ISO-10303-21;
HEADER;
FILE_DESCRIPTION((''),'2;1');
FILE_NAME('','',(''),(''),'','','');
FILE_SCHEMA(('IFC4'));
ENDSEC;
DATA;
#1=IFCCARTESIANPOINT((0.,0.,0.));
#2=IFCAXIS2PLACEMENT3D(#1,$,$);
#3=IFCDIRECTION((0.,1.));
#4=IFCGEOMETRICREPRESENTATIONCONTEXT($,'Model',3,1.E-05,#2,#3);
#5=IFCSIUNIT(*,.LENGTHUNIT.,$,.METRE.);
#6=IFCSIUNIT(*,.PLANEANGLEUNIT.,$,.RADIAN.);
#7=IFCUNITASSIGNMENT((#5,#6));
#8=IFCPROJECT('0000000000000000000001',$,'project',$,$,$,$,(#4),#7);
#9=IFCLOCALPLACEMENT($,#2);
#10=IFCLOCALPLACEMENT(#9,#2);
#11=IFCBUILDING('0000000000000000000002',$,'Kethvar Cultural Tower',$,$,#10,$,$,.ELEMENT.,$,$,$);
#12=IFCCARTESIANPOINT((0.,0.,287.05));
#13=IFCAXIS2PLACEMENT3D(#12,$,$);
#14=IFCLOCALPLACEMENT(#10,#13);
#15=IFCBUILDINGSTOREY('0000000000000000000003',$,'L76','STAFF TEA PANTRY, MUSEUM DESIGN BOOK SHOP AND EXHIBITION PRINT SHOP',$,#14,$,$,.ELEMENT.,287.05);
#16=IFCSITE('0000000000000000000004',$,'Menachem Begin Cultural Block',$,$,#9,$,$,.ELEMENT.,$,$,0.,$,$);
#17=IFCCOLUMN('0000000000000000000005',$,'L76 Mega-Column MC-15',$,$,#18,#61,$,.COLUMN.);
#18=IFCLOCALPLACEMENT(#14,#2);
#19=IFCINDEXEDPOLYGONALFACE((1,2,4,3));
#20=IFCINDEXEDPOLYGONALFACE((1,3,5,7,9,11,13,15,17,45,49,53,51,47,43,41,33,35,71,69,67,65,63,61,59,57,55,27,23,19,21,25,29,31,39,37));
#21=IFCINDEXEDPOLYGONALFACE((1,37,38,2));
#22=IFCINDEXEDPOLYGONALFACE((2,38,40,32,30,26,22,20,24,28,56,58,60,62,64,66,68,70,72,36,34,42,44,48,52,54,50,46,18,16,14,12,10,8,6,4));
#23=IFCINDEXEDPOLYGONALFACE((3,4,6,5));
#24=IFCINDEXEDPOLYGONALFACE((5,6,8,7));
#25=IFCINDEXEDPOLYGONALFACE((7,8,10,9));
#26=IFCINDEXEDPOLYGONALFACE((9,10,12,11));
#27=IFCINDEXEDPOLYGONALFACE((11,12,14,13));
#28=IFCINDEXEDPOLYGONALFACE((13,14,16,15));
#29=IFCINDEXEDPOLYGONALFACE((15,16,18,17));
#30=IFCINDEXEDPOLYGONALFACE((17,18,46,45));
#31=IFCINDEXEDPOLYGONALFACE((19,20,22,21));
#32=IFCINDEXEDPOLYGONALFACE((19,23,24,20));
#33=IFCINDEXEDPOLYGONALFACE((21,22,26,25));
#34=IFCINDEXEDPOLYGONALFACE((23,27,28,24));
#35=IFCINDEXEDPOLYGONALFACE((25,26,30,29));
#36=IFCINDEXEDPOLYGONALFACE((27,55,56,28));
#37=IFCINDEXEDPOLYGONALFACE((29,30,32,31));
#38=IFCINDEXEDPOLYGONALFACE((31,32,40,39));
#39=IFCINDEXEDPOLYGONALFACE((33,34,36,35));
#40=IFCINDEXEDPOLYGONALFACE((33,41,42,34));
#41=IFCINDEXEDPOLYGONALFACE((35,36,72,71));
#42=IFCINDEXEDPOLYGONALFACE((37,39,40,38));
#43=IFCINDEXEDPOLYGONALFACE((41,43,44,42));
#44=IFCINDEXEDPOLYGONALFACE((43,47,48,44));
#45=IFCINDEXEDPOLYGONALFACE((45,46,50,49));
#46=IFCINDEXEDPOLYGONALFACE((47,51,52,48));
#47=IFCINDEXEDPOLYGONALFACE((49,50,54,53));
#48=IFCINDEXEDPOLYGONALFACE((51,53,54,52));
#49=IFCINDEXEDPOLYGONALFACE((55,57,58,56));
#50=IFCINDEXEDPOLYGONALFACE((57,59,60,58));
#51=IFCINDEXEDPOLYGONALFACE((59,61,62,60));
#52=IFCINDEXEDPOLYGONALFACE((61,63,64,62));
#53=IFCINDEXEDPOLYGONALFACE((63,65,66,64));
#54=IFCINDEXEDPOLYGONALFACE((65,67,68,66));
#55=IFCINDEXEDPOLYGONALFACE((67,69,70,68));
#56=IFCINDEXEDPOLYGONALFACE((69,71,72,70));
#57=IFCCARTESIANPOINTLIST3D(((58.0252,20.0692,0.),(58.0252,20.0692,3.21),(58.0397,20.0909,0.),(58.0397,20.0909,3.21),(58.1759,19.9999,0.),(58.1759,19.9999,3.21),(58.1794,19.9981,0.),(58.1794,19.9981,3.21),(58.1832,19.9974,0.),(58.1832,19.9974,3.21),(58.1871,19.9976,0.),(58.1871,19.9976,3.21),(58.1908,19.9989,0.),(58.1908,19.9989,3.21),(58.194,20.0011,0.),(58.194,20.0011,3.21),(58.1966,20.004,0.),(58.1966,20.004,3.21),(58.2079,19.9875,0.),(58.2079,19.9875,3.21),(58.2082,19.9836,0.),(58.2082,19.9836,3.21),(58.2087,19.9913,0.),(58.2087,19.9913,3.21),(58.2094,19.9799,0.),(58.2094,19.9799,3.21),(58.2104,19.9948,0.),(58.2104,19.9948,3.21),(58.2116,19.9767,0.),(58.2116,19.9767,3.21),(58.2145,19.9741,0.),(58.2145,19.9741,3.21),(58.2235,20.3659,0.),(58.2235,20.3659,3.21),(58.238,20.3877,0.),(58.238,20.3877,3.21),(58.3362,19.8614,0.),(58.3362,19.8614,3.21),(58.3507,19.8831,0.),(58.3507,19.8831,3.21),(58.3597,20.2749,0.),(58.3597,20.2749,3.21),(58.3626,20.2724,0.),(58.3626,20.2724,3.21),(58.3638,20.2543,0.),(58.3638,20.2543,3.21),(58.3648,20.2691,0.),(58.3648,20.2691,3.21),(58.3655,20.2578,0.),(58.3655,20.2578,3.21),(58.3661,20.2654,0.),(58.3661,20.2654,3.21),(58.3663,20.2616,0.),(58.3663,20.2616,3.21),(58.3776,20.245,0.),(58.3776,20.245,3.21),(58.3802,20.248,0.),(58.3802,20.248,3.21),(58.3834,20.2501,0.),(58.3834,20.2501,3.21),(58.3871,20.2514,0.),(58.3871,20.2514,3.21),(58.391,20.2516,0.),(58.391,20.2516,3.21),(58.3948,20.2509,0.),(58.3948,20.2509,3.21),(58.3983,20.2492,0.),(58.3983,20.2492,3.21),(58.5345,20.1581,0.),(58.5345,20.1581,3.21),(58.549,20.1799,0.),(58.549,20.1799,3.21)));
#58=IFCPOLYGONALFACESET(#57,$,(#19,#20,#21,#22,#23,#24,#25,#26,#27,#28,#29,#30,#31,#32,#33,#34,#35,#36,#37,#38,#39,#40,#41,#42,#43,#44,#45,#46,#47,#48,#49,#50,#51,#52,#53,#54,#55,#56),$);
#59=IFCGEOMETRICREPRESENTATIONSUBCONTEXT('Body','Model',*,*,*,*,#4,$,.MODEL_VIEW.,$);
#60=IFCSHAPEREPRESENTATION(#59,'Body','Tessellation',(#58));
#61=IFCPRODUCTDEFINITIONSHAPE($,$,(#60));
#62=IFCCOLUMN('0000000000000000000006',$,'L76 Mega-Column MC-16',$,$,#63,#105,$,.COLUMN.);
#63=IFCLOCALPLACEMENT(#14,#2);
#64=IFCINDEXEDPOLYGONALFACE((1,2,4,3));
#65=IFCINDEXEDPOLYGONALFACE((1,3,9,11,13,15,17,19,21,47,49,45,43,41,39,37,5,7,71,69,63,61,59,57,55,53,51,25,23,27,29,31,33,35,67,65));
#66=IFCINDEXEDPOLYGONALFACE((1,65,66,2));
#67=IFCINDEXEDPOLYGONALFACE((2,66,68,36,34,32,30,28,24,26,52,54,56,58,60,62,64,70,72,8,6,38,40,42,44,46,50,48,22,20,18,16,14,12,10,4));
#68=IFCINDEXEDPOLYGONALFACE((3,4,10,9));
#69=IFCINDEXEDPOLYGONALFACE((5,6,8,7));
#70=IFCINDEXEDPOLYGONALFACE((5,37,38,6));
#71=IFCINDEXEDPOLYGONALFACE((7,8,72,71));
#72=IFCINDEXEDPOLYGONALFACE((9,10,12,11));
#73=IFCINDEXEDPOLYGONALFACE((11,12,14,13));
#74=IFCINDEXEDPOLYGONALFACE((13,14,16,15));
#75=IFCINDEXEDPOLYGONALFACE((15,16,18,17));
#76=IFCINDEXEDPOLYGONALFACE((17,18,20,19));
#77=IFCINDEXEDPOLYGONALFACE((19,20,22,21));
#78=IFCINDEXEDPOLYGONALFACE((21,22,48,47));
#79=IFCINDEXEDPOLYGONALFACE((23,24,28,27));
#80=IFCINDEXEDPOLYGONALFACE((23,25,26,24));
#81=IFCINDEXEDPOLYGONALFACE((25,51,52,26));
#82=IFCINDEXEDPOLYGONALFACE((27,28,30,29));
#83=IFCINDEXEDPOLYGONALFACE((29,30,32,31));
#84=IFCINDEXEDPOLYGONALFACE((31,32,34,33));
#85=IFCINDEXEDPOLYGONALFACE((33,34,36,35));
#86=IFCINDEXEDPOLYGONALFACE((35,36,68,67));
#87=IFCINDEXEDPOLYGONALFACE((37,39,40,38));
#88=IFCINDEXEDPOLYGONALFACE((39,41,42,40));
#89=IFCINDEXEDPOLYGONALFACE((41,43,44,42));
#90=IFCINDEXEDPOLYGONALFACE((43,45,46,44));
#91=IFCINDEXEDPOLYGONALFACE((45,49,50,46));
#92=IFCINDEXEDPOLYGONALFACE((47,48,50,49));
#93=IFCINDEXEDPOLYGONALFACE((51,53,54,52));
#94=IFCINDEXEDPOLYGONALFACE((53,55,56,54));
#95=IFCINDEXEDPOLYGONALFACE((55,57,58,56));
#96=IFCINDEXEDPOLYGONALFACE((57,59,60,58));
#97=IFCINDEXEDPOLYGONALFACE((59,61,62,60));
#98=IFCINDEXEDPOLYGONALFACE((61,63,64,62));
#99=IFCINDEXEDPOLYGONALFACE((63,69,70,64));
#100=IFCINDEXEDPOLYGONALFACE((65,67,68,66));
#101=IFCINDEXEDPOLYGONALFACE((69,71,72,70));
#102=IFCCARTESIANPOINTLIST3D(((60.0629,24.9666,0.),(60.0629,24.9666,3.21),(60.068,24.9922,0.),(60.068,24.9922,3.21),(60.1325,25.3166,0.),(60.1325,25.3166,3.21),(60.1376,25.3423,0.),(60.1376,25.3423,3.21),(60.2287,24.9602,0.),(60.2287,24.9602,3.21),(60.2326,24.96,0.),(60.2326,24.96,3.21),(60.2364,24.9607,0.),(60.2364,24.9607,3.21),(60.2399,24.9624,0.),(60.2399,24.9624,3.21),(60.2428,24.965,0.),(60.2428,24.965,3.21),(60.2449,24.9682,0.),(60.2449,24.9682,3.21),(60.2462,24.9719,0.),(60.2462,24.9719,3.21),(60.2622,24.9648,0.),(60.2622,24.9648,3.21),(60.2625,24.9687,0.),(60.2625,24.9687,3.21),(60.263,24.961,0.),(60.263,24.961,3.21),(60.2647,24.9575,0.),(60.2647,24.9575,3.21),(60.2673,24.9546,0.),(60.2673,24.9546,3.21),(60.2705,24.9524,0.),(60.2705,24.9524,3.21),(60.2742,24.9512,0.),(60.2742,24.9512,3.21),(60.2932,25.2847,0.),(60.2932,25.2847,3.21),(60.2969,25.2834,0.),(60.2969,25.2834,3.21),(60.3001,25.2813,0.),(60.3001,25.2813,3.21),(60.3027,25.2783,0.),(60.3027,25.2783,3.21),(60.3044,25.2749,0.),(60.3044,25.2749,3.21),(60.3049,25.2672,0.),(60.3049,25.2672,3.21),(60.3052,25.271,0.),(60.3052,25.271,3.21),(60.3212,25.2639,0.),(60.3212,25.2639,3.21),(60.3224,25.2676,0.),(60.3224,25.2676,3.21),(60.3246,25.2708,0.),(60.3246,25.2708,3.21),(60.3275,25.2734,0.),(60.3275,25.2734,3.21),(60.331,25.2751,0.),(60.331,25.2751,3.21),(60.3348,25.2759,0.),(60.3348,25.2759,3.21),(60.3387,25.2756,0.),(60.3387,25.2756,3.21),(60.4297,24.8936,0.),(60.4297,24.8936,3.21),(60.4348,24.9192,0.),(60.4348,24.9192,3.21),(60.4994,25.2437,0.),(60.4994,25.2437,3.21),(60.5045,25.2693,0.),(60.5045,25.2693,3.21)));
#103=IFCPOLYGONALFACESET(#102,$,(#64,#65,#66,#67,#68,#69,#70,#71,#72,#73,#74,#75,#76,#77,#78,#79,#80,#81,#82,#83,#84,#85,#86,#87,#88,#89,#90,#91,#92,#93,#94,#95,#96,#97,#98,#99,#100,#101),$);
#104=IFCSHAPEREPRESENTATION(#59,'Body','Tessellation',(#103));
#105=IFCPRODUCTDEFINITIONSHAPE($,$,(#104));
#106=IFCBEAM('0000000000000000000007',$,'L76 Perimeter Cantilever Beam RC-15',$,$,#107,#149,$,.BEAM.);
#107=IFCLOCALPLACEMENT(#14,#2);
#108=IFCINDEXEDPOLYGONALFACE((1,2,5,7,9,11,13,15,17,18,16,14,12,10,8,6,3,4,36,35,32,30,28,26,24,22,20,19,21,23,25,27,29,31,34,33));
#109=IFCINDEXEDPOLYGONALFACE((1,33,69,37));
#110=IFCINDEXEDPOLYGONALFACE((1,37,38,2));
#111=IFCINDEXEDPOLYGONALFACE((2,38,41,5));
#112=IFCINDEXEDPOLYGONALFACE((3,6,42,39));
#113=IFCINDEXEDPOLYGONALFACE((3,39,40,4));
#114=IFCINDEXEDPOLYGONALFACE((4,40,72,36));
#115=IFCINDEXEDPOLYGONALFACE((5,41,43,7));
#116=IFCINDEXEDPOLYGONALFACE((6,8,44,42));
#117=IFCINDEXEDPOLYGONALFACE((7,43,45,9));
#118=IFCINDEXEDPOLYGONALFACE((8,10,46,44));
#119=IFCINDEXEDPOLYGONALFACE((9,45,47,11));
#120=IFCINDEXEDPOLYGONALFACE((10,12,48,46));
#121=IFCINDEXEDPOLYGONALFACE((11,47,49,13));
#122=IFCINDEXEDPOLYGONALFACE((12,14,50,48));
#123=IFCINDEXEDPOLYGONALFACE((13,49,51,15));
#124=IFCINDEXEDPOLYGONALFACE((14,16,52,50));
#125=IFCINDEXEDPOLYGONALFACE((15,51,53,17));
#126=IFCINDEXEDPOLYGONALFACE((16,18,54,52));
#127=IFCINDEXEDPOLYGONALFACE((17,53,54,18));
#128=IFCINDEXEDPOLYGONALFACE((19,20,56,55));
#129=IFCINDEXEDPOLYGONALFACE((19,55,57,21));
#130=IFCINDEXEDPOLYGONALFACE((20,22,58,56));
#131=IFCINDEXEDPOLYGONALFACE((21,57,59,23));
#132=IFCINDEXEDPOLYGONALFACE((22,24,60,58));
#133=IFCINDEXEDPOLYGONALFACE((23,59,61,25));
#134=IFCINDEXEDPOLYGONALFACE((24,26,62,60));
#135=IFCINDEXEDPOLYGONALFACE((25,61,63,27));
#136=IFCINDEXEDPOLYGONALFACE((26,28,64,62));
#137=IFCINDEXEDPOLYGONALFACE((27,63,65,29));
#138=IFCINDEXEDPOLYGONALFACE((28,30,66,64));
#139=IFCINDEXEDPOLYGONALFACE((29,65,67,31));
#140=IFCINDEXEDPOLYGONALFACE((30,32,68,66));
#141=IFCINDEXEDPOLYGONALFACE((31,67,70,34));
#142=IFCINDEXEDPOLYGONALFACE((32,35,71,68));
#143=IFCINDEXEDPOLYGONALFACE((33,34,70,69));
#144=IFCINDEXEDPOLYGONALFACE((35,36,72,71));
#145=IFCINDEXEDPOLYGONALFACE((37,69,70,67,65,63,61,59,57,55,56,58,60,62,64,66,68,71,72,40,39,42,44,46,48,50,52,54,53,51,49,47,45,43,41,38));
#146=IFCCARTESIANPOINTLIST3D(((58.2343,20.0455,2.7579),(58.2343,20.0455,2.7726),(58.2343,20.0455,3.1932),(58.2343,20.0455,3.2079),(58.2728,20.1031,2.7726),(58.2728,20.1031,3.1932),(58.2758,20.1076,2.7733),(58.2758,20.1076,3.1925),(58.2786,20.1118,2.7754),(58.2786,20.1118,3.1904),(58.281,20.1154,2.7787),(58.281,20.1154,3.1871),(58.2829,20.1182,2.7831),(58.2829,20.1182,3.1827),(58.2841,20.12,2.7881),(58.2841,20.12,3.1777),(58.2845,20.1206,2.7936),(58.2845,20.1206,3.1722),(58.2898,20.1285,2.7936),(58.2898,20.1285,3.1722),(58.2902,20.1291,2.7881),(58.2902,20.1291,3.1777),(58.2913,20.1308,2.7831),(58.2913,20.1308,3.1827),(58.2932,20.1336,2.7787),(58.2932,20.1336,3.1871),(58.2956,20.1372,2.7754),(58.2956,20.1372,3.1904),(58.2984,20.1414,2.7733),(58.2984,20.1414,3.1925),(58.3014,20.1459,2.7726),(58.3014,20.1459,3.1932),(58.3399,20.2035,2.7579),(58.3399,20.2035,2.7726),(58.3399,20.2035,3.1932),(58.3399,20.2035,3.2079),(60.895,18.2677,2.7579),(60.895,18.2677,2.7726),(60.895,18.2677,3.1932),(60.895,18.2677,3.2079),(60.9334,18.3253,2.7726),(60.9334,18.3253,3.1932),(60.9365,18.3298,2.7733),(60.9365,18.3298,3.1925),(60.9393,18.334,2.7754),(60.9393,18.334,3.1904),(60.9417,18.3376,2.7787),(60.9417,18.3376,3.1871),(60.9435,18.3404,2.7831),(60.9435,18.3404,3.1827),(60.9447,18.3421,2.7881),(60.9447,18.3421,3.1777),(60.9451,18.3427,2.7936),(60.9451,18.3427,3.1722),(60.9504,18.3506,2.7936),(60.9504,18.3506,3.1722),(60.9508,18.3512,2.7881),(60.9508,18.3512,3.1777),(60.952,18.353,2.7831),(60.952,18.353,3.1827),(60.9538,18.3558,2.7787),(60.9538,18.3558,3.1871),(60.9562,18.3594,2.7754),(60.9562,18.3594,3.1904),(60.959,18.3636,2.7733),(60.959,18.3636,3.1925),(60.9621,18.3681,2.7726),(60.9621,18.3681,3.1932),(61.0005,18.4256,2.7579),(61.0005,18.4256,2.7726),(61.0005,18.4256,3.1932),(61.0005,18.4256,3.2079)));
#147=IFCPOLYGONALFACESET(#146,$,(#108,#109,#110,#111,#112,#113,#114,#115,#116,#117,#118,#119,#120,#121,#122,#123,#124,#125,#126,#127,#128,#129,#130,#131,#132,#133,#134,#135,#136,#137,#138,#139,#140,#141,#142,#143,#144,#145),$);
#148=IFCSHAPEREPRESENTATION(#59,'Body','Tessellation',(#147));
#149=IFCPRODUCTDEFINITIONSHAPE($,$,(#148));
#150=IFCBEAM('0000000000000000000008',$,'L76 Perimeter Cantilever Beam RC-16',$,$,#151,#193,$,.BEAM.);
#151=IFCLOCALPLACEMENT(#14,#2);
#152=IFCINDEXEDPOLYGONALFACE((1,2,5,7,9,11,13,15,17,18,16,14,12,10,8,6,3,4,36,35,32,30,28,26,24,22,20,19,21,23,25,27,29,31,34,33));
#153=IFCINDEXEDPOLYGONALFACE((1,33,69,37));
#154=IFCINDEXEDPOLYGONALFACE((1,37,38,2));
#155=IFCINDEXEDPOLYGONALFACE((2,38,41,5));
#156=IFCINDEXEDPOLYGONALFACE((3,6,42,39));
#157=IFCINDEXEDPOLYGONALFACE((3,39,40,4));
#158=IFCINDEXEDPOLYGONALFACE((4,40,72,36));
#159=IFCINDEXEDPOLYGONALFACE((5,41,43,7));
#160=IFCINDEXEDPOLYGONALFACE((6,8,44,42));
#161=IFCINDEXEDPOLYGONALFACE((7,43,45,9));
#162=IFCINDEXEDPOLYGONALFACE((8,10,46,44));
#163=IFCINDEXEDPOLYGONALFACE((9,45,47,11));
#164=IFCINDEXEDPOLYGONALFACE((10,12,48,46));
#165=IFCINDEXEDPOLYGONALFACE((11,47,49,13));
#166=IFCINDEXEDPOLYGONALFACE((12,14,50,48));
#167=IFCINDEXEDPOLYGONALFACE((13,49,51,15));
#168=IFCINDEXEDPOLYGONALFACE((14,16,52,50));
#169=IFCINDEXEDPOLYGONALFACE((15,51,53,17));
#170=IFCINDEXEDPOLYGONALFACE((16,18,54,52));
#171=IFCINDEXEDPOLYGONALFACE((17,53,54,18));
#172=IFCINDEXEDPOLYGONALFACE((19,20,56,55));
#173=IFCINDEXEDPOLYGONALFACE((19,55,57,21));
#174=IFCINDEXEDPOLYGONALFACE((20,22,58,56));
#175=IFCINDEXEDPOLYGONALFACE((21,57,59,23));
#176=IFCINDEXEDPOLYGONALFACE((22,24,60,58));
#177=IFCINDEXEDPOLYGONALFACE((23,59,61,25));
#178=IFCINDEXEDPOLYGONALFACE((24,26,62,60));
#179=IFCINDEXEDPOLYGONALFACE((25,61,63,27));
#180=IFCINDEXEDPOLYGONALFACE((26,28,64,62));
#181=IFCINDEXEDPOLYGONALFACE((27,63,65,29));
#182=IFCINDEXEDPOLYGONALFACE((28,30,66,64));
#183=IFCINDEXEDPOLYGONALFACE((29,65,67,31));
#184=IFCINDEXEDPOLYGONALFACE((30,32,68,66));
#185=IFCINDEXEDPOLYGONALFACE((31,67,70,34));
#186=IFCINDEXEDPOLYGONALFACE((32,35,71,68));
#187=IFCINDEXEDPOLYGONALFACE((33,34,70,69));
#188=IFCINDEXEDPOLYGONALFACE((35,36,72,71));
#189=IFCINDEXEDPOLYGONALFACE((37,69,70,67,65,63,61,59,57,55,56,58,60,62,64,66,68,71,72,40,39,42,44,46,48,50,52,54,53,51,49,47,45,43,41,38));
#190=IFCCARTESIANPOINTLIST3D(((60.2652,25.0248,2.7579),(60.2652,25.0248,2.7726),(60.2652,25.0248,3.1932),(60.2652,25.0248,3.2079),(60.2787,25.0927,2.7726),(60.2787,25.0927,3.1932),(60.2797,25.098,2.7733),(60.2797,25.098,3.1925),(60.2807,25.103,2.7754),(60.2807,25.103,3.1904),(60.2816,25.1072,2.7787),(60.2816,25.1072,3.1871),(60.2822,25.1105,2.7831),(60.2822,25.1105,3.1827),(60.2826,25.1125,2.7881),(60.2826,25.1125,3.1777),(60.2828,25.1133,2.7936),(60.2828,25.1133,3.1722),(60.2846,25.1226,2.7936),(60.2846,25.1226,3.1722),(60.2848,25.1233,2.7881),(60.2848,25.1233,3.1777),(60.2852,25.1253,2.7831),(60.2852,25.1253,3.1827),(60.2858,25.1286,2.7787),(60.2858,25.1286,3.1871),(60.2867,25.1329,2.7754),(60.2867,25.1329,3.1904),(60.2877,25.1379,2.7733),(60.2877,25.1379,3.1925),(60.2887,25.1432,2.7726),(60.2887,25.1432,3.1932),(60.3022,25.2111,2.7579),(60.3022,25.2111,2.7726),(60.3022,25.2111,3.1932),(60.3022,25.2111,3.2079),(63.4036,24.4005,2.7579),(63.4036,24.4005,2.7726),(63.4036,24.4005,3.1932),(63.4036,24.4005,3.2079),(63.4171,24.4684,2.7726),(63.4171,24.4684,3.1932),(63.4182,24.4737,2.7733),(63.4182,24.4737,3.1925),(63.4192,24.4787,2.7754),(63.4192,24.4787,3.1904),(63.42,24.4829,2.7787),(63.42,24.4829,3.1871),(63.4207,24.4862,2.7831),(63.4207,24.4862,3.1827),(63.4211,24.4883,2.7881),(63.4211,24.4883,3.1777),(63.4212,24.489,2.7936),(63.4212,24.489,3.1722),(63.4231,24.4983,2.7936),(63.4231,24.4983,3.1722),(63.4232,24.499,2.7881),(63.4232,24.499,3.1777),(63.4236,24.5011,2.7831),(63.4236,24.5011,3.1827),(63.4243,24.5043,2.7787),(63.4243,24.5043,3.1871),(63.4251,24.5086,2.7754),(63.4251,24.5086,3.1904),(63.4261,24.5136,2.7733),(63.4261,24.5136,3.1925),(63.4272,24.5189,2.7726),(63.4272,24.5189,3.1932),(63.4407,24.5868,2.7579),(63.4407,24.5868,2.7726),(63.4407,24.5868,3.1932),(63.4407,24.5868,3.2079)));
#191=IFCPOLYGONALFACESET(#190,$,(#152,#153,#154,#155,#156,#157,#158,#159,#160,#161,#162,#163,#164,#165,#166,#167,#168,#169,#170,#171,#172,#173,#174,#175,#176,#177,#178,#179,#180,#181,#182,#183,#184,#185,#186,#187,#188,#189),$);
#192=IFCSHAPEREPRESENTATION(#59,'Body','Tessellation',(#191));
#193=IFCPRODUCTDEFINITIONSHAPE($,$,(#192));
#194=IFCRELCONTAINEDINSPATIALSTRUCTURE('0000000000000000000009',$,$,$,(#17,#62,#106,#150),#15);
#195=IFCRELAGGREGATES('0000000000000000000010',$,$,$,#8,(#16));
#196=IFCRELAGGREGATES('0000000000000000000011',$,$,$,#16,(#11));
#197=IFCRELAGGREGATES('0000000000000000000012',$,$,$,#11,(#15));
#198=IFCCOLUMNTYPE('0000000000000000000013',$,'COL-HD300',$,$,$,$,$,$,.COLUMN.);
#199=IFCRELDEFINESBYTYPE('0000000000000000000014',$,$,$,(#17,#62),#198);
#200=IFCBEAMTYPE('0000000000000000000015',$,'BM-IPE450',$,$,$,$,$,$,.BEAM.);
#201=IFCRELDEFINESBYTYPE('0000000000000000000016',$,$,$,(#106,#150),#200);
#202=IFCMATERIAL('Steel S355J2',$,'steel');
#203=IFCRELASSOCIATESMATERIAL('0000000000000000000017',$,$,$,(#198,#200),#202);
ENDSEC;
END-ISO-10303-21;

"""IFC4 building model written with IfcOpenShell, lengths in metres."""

from ifc_helpers import new_model, si_unit, direction, frame, origin, origin_2d, place, context, subcontext, project, spatial, i_section, extrude, source, transform, mapped, material, material_profile, profile_set, type_object, element, save


model = new_model("IFC4")

# Units and contexts
model_context = context("Model", 3, precision=1e-05, world=origin(), true_north=direction((0.0, 1.0)))
body_context = subcontext(model_context, "Body", "Model", "MODEL_VIEW")
ifc_project = project(units=[si_unit("LENGTHUNIT", "METRE"), si_unit("PLANEANGLEUNIT", "RADIAN")], contexts=[model_context])

# Site, building, storey
site_placement = place(None, origin())
site = spatial("IfcSite", under=ifc_project, at=site_placement, Name="Menachem Begin Cultural Block", CompositionType="ELEMENT", RefElevation=0.0)
building_placement = place(site_placement, origin())
building = spatial("IfcBuilding", under=site, at=building_placement, Name="Kethvar Cultural Tower", CompositionType="ELEMENT")
storey_placement = place(building_placement, frame((0.0, 0.0, 287.05)))
storey = spatial("IfcBuildingStorey", under=building, at=storey_placement, Name="L76", Description="STAFF TEA PANTRY, MUSEUM DESIGN BOOK SHOP AND EXHIBITION PRINT SHOP", CompositionType="ELEMENT", Elevation=287.05)

# Columns
ifc_material_1 = material(Name="Steel S355J2", Category="steel")
ifc_material_profile_1 = material_profile(ifc_material_1, i_section(OverallWidth=0.374, OverallDepth=0.3831, WebThickness=0.0166, FlangeThickness=0.0261, FilletRadius=0.0149, at=origin_2d()), Name="Steel S355J2 — HD360x300")
ifc_profile_set_1 = profile_set([ifc_material_profile_1], Name="Steel S355J2 — HD360x300")
column_type = type_object("IfcColumnType", Name="COL-HD300", PredefinedType="COLUMN", material=ifc_profile_set_1)
shared_shape_1 = source(origin(), body_context, "Body", "SweptSolid", [
    extrude(i_section(OverallWidth=0.374, OverallDepth=0.3831, WebThickness=0.0166, FlangeThickness=0.0261, FilletRadius=0.0149, at=origin_2d()), origin(), (0.0, 0.0, 1.0), 3.21),
])
for number, where, z_axis, x_axis, name in (
    (1, (58.2871, 20.1245, 0.0), (0.0, 0.0, 1.0), (0.83147, -0.55557, 0.0), "L76 Mega-Column MC-15"),
    (2, (60.2837, 25.1179, 0.0), (0.0, 0.0, 1.0), (0.980785, -0.19509, 0.0), "L76 Mega-Column MC-16"),
):
    element("IfcColumn", number, at=place(storey_placement, frame(where, z_axis=z_axis, x_axis=x_axis)), inside=storey, type_object=column_type, Name=name, PredefinedType="COLUMN", context=body_context, shape_type="MappedRepresentation", body=[
        mapped(shared_shape_1, transform((0.0, 0.0, 0.0), scale=1.0)),
    ])

# Beams
ifc_material_profile_2 = material_profile(ifc_material_1, i_section(OverallWidth=0.1899, OverallDepth=0.45, WebThickness=0.0095, FlangeThickness=0.0146, FilletRadius=0.021, at=origin_2d()), Name="Steel S355J2 — IPE450")
ifc_profile_set_2 = profile_set([ifc_material_profile_2], Name="Steel S355J2 — IPE450")
beam_type_1 = type_object("IfcBeamType", Name="BM-IPE450", PredefinedType="BEAM", material=ifc_profile_set_2)
shared_shape_2 = source(origin(), body_context, "Body", "SweptSolid", [
    extrude(i_section(OverallWidth=0.1899, OverallDepth=0.45, WebThickness=0.0095, FlangeThickness=0.0146, FilletRadius=0.021, at=origin_2d()), origin(), (0.0, 0.0, 1.0), 3.2),
])
for number, where, z_axis, x_axis, name in (
    (3, (58.2871, 20.1245, 2.9829), (0.831463, -0.55558, 0.0), (0.55558, 0.831463, 0.0), "L76 Perimeter Cantilever Beam RC-15"),
    (4, (60.2837, 25.1179, 2.9829), (0.980786, -0.195089, 0.0), (0.195089, 0.980786, 0.0), "L76 Perimeter Cantilever Beam RC-16"),
):
    element("IfcBeam", number, at=place(storey_placement, frame(where, z_axis=z_axis, x_axis=x_axis)), inside=storey, type_object=beam_type_1, Name=name, PredefinedType="BEAM", context=body_context, shape_type="MappedRepresentation", body=[
        mapped(shared_shape_2, transform((0.0, 0.0, 0.0), scale=1.0)),
    ])

save(model, "model.ifc")
